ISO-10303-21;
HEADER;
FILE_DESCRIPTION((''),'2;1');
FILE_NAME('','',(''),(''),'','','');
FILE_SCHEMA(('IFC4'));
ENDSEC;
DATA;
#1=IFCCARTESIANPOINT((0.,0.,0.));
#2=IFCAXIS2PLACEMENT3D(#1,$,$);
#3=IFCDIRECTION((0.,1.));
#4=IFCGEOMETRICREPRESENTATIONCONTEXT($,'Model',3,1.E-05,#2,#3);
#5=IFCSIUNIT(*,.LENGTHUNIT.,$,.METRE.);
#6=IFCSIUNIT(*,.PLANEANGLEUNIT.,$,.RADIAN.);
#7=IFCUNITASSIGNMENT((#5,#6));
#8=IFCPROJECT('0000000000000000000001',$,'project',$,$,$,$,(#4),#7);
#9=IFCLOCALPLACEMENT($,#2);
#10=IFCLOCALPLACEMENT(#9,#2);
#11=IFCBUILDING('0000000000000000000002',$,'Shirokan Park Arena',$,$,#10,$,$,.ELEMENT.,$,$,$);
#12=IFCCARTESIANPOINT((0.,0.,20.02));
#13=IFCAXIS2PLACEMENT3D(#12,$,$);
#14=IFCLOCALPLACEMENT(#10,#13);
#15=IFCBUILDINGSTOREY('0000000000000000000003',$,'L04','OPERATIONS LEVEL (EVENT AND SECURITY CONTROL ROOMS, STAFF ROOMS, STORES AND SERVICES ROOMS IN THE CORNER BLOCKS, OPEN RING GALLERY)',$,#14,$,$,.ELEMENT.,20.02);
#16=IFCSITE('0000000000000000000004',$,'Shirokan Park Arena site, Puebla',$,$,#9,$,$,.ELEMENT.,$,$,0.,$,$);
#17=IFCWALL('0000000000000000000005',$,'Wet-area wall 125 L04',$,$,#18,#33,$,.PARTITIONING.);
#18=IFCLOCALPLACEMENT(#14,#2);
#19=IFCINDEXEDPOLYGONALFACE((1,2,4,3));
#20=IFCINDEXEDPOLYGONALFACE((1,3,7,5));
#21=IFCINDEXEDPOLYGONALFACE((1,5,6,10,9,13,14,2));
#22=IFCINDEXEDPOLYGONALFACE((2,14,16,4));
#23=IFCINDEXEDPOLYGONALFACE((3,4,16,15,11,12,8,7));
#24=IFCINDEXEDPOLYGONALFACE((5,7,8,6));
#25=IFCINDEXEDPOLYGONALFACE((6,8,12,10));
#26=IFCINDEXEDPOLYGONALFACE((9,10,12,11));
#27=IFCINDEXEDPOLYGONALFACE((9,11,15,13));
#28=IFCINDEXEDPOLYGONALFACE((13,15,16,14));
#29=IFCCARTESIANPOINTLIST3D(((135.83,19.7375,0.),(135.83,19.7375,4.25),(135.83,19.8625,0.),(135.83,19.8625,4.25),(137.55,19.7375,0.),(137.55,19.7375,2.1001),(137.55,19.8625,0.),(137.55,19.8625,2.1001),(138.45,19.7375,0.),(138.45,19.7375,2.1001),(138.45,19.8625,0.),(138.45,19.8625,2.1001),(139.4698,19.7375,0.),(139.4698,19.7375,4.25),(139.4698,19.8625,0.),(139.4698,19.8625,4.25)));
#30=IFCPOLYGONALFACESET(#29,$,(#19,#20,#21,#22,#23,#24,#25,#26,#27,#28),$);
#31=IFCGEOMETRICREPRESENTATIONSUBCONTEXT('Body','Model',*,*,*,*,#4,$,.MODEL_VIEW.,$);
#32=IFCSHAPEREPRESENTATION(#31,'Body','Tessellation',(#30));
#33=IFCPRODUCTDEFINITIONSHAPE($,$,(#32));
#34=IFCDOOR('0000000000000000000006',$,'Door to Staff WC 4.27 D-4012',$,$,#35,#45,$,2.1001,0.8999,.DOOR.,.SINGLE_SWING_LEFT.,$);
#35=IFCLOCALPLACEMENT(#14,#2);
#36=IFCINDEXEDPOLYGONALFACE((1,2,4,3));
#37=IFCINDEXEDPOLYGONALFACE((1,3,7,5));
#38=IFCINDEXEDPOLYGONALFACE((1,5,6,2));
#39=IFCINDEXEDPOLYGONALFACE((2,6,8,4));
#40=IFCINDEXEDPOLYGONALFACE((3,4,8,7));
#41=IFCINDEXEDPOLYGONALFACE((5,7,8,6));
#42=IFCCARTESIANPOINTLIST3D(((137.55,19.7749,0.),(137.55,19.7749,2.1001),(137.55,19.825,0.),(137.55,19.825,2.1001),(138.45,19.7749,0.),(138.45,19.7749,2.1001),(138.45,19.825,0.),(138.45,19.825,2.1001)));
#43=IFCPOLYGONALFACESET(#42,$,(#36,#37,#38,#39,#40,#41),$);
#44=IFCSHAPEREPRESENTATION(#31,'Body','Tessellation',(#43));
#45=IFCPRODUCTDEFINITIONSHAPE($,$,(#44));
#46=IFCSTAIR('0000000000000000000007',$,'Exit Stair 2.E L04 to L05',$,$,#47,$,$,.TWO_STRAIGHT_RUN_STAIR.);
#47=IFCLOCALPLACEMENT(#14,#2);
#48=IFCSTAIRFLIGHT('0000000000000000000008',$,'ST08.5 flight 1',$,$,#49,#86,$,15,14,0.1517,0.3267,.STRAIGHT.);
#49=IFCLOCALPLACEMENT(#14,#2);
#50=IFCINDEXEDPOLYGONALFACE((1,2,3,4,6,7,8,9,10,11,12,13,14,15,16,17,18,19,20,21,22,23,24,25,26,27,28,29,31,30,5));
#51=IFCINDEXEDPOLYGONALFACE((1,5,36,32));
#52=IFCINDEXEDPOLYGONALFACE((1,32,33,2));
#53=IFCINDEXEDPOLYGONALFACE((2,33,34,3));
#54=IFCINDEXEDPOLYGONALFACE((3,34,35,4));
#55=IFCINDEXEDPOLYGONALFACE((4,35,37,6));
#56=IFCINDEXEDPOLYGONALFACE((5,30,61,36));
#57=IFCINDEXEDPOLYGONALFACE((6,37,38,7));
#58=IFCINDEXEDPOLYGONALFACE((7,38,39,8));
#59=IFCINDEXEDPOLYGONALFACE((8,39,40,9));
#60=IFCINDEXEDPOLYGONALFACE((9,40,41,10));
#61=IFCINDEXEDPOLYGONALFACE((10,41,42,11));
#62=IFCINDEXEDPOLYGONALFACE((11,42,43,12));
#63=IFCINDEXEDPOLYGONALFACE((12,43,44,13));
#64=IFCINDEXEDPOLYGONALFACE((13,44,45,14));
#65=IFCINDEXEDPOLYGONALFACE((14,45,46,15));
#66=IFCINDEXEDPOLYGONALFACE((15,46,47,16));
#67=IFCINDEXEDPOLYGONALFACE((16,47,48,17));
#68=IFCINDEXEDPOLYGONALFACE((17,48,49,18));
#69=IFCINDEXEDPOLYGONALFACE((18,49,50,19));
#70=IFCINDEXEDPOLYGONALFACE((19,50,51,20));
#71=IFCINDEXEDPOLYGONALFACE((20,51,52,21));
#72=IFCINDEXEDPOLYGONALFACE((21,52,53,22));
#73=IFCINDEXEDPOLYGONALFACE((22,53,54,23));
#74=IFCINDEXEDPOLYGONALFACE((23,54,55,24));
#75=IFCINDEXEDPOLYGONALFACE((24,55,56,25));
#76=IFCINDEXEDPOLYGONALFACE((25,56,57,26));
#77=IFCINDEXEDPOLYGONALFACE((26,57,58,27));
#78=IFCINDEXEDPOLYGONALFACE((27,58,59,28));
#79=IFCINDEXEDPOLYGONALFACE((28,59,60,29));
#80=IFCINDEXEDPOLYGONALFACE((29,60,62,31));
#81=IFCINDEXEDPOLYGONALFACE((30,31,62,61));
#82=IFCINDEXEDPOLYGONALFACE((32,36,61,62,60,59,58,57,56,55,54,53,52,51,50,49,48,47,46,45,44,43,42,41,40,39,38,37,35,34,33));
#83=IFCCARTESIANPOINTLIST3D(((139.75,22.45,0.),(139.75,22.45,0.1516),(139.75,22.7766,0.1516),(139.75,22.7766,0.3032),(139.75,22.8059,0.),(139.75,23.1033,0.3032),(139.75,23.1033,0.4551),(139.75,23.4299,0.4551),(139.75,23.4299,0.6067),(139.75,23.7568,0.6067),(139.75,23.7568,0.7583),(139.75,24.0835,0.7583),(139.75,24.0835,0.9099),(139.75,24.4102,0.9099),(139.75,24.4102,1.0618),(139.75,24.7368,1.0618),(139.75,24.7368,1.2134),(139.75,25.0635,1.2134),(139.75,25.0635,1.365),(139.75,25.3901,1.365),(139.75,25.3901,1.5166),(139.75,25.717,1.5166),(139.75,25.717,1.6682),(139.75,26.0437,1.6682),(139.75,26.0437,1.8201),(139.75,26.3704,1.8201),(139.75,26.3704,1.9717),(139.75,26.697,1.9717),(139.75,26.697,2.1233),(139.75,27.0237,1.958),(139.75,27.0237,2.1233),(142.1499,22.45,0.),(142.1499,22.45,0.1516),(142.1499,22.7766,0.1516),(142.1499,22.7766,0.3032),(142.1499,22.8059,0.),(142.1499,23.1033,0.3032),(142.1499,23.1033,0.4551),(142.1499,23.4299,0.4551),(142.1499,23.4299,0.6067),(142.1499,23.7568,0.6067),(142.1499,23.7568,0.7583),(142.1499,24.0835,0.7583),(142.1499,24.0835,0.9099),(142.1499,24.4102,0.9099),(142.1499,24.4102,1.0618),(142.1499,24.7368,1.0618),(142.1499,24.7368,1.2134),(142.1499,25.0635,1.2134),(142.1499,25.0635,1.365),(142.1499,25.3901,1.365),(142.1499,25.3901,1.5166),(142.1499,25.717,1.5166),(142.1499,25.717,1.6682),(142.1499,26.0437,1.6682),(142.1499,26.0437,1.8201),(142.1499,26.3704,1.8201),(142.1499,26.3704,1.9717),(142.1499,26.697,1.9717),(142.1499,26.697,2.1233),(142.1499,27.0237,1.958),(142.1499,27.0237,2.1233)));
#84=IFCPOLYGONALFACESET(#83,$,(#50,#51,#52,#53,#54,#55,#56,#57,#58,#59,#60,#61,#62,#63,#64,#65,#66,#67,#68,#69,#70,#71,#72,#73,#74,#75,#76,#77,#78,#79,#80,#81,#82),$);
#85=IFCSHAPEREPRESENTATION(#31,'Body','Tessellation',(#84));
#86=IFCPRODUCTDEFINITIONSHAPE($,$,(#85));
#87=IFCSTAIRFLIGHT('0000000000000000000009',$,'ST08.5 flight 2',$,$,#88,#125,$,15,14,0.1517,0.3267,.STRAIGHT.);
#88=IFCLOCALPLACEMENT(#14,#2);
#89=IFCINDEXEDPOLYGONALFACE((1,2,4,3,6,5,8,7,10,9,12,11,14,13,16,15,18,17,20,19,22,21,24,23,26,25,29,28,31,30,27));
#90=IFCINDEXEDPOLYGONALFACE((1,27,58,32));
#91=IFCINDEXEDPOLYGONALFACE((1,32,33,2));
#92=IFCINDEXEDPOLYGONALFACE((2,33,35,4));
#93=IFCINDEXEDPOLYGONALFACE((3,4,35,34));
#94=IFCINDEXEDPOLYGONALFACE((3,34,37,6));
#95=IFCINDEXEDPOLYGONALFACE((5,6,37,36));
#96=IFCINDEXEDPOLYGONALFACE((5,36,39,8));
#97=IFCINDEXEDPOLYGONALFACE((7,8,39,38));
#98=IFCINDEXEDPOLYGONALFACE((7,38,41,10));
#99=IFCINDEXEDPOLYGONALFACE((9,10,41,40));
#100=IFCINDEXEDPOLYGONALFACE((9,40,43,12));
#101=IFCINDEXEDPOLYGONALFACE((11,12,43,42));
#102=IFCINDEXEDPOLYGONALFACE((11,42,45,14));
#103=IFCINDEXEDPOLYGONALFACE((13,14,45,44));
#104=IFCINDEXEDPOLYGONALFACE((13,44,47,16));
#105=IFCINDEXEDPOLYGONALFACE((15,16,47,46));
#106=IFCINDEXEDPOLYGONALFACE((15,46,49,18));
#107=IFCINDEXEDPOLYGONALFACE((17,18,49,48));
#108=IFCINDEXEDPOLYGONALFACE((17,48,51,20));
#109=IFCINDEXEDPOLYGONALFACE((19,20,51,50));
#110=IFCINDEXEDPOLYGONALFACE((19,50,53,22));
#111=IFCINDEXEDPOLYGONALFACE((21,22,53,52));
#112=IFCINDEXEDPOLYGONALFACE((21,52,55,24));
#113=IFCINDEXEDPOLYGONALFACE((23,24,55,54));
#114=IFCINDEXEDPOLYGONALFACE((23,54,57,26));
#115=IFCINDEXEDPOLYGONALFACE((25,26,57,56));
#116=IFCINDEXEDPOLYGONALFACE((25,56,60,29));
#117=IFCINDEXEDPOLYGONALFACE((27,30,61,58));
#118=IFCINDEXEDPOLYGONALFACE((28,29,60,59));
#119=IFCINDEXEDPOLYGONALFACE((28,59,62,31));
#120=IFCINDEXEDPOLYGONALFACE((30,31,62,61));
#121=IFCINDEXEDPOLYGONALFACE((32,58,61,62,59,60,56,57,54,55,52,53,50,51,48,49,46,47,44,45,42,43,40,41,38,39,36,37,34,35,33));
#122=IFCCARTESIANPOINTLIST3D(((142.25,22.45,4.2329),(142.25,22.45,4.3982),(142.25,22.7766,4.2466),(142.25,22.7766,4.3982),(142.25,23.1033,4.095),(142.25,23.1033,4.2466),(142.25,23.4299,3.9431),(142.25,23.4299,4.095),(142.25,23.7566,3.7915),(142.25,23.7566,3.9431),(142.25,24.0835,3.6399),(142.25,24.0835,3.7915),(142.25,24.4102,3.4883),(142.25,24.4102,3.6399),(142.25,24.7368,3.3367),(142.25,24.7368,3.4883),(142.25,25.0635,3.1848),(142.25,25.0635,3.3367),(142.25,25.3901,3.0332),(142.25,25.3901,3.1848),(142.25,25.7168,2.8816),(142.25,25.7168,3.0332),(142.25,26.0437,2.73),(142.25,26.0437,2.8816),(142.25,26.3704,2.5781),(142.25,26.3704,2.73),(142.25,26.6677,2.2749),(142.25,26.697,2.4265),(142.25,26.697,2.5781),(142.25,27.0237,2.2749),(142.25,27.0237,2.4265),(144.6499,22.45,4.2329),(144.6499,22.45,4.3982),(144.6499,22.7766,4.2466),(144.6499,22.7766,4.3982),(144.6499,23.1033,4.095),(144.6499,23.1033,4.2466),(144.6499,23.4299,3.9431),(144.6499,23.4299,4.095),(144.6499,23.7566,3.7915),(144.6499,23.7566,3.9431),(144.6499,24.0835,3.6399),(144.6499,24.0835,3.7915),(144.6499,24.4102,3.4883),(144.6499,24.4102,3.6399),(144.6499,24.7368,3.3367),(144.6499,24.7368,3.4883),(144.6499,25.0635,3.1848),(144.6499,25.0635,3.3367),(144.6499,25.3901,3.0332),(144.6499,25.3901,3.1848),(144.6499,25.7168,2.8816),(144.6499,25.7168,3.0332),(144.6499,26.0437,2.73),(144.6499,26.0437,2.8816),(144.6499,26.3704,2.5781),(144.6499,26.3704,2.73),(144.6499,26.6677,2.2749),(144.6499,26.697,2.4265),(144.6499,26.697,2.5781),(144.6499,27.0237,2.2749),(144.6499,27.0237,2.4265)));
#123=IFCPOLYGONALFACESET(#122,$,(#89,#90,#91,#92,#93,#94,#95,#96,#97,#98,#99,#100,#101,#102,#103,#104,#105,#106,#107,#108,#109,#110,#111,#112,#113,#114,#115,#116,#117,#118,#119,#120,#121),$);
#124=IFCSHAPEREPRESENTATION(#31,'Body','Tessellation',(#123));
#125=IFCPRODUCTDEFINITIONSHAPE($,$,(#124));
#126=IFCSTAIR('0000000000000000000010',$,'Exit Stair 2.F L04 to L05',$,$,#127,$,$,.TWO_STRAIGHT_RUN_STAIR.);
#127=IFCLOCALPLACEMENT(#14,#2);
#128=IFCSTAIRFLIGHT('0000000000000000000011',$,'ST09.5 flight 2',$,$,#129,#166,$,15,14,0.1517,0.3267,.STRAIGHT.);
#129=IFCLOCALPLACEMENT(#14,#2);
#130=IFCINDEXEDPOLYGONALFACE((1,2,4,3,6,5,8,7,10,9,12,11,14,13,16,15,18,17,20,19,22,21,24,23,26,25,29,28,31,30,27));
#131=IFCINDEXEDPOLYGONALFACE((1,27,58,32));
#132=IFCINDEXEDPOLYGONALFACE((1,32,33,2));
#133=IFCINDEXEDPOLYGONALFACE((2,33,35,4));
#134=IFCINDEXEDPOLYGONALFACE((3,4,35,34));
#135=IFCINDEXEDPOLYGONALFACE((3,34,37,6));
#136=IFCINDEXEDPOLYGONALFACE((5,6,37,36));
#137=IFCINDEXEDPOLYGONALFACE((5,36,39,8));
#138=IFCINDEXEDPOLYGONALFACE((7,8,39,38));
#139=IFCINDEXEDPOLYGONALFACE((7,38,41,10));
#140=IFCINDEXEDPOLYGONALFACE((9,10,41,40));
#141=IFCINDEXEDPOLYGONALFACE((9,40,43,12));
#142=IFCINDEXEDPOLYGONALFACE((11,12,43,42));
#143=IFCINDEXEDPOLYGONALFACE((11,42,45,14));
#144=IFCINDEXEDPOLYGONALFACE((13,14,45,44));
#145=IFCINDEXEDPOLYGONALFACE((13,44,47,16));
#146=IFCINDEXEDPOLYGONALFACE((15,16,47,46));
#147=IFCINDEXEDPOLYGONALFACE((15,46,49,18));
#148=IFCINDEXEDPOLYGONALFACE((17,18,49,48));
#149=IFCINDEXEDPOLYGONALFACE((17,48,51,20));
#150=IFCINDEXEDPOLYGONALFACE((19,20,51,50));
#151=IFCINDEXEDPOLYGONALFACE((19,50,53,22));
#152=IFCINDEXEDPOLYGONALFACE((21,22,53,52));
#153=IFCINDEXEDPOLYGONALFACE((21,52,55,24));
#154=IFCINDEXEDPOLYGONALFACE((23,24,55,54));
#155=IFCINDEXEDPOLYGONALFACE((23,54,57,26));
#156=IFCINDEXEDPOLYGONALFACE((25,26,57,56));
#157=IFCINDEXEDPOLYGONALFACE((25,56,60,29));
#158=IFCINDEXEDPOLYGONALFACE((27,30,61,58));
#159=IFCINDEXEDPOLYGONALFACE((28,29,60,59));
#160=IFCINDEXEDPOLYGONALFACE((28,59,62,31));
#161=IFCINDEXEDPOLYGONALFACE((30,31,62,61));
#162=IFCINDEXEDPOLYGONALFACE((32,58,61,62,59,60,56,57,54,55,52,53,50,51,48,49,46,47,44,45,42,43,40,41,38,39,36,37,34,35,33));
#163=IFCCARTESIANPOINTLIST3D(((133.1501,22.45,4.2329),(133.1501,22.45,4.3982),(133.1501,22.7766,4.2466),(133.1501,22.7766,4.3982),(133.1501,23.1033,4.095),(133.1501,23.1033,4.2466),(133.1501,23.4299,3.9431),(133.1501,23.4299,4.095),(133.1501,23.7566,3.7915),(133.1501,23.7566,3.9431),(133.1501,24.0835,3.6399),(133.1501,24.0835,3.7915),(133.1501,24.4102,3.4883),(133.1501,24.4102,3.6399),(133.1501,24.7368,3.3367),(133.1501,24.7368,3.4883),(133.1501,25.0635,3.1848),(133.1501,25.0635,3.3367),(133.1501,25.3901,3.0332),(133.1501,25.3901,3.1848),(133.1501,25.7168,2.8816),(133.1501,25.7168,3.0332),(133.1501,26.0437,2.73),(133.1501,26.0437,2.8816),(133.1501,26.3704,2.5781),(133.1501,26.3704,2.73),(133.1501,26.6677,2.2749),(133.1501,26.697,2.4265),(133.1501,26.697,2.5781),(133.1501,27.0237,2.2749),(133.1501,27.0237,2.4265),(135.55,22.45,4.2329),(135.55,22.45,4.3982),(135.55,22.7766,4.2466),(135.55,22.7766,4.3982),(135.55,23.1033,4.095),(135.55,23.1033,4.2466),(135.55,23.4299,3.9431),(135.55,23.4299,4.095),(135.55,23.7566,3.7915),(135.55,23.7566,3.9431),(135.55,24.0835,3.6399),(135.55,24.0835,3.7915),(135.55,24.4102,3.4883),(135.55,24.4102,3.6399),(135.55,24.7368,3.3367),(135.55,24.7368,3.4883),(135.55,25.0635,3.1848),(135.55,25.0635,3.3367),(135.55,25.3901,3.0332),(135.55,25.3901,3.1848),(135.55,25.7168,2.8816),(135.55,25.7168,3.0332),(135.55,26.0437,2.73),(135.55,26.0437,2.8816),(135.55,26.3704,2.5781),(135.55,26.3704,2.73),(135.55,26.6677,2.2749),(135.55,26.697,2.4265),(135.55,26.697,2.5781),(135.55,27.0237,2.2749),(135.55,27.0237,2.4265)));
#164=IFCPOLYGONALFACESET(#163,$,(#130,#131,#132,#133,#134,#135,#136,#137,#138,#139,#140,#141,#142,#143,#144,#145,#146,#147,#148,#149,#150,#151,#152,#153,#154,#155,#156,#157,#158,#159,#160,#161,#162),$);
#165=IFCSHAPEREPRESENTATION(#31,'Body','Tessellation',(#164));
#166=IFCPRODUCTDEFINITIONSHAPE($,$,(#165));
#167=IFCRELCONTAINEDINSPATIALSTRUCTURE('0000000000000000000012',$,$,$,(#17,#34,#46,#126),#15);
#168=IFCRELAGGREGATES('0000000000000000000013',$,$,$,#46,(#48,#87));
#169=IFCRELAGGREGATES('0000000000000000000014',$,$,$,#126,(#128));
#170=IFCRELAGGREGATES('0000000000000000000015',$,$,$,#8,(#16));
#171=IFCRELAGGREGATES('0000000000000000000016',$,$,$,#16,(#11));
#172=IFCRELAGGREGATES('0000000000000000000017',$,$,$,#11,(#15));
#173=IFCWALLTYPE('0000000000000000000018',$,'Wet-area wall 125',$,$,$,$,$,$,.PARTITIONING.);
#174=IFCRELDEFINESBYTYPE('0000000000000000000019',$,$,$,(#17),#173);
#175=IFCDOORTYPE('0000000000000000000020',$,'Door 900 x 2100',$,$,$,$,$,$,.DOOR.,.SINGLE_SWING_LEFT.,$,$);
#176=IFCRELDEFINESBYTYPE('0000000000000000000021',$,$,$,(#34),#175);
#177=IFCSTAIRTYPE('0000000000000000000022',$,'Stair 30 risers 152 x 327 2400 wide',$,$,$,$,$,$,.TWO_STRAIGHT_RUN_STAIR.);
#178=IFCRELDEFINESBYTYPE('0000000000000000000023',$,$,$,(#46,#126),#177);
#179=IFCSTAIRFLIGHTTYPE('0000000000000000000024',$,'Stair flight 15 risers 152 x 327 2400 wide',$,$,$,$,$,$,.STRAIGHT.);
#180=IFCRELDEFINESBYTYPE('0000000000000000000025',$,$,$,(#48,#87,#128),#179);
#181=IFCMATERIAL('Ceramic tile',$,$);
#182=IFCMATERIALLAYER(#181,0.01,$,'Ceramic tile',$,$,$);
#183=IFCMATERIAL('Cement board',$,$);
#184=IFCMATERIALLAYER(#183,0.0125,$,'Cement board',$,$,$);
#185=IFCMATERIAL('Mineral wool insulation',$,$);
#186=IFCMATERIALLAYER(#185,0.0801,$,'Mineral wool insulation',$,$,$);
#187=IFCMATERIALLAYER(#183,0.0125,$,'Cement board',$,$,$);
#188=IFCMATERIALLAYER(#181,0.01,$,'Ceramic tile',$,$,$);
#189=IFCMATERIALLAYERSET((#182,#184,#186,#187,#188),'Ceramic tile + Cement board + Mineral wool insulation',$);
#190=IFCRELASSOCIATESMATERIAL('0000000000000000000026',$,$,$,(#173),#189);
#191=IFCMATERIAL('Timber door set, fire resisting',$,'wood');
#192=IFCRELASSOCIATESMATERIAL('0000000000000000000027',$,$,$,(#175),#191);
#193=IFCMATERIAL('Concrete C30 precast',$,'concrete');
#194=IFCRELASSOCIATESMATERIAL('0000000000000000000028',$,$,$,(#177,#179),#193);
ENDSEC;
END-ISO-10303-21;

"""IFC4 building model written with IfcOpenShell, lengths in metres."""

from ifc_helpers import new_model, si_unit, direction, frame, frame_2d, origin, place, context, subcontext, project, spatial, polyline, rectangle, outline, extrude, material, layer, layer_set, type_object, element, fill, aggregate, save


model = new_model("IFC4")

# Units and contexts
model_context = context("Model", 3, precision=1e-05, world=origin(), true_north=direction((0.0, 1.0)))
body_context = subcontext(model_context, "Body", "Model", "MODEL_VIEW")
ifc_project = project(units=[si_unit("LENGTHUNIT", "METRE"), si_unit("PLANEANGLEUNIT", "RADIAN")], contexts=[model_context])

# Site, building, storey
site_placement = place(None, origin())
site = spatial("IfcSite", under=ifc_project, at=site_placement, Name="Shirokan Park Arena site, Puebla", CompositionType="ELEMENT", RefElevation=0.0)
building_placement = place(site_placement, origin())
building = spatial("IfcBuilding", under=site, at=building_placement, Name="Shirokan Park Arena", CompositionType="ELEMENT")
storey_placement = place(building_placement, frame((0.0, 0.0, 20.02)))
storey = spatial("IfcBuildingStorey", under=building, at=storey_placement, Name="L04", Description="OPERATIONS LEVEL (EVENT AND SECURITY CONTROL ROOMS, STAFF ROOMS, STORES AND SERVICES ROOMS IN THE CORNER BLOCKS, OPEN RING GALLERY)", CompositionType="ELEMENT", Elevation=20.02)

# Shared definitions
ifc_material_1 = material(Name="Mineral wool insulation")

# Wall, opening, door
ifc_material_2 = material(Name="Ceramic tile")
ifc_layer_1 = layer(ifc_material_2, 0.01, Name="Ceramic tile")
ifc_material_3 = material(Name="Cement board")
ifc_layer_2 = layer(ifc_material_3, 0.0125, Name="Cement board")
ifc_layer_3 = layer(ifc_material_1, 0.0801, Name="Mineral wool insulation")
ifc_layer_4 = layer(ifc_material_3, 0.0125, Name="Cement board")
ifc_layer_5 = layer(ifc_material_2, 0.01, Name="Ceramic tile")
ifc_layer_set_1 = layer_set([ifc_layer_1, ifc_layer_2, ifc_layer_3, ifc_layer_4, ifc_layer_5], Name="Ceramic tile + Cement board + Mineral wool insulation")
wall_type_1 = type_object("IfcWallType", Name="Wet-area wall 125", PredefinedType="PARTITIONING", material=ifc_layer_set_1)
wall_1_placement = place(storey_placement, frame((135.8301, 19.8, 0.0), z_axis=(0.0, 0.0, 1.0), x_axis=(1.0, 0.0, 0.0)))
wall_1 = element("IfcWall", 1, at=wall_1_placement, inside=storey, type_object=wall_type_1, Name="Wet-area wall 125 L04", PredefinedType="PARTITIONING", context=body_context, shape_type="SweptSolid", body=[
    extrude(rectangle(XDim=3.6399, YDim=0.125, at=frame_2d((1.8198, 0.0))), origin(), (0.0, 0.0, 1.0), 4.25),
])
opening_1_placement = place(wall_1_placement, frame((1.72, 0.0, 0.0)))
opening_1 = element("IfcOpeningElement", 2, at=opening_1_placement, cuts=wall_1, PredefinedType="OPENING", context=body_context, shape_type="SweptSolid", body=[
    extrude(rectangle(XDim=0.8999, YDim=2.1001, at=frame_2d((0.45, 1.05))), frame((0.0, 0.0725, 0.0), z_axis=(0.0, -1.0, 0.0), x_axis=(1.0, 0.0, 0.0)), (0.0, 0.0, 1.0), 0.145),
])
ifc_material_4 = material(Name="Timber door set, fire resisting", Category="wood")
door_type_1 = type_object("IfcDoorType", Name="Door 900 x 2100", OperationType="SINGLE_SWING_LEFT", PredefinedType="DOOR", material=ifc_material_4)
door_1_placement = place(opening_1_placement, origin())
door_1 = element("IfcDoor", 3, at=door_1_placement, inside=storey, type_object=door_type_1, Name="Door to Staff WC 4.27 D-4012", OperationType="SINGLE_SWING_LEFT", OverallHeight=2.1001, OverallWidth=0.8999, PredefinedType="DOOR", context=body_context, shape_type="SweptSolid", body=[
    extrude(rectangle(XDim=0.8999, YDim=2.1001, at=frame_2d((0.45, 1.05))), frame((0.0, 0.0249, 0.0), z_axis=(0.0, -1.0, 0.0), x_axis=(1.0, 0.0, 0.0)), (0.0, 0.0, 1.0), 0.05),
])
fill(opening_1, door_1)

# Stair, stair flights
ifc_material_5 = material(Name="Concrete C30 precast", Category="concrete")
stair_type = type_object("IfcStairType", Name="Stair 30 risers 152 x 327 2400 wide", PredefinedType="TWO_STRAIGHT_RUN_STAIR", material=ifc_material_5)
stair_1_placement = place(storey_placement, origin())
stair_1 = element("IfcStair", 4, at=stair_1_placement, inside=storey, type_object=stair_type, Name="Exit Stair 2.E L04 to L05", PredefinedType="TWO_STRAIGHT_RUN_STAIR")
stair_flight_type = type_object("IfcStairFlightType", Name="Stair flight 15 risers 152 x 327 2400 wide", PredefinedType="STRAIGHT", material=ifc_material_5)
stair_flight_1_placement = place(storey_placement, frame((140.95, 22.45, 0.0), z_axis=(0.0, 0.0, 1.0), x_axis=(0.0, 1.0, 0.0)))
stair_flight_1 = element("IfcStairFlight", 5, at=stair_flight_1_placement, type_object=stair_flight_type, Name="ST08.5 flight 1", NumberOfRisers=15, NumberOfTreads=14, PredefinedType="STRAIGHT", RiserHeight=0.1517, TreadLength=0.3267, context=body_context, shape_type="SweptSolid", body=[
    extrude(outline(polyline([(0.0, 0.0), (0.0, 0.1516), (0.3267, 0.1516), (0.3267, 0.3032), (0.6533, 0.3032), (0.6533, 0.4551), (0.98, 0.4551), (0.98, 0.6067), (1.3069, 0.6067), (1.3069, 0.7583), (1.6335, 0.7583), (1.6335, 0.9099), (1.9602, 0.9099), (1.9602, 1.0618), (2.2869, 1.0618), (2.2869, 1.2134), (2.6135, 1.2134), (2.6135, 1.365), (2.9402, 1.365), (2.9402, 1.5166), (3.2671, 1.5166), (3.2671, 1.6682), (3.5938, 1.6682), (3.5938, 1.8201), (3.9204, 1.8201), (3.9204, 1.9717), (4.2471, 1.9717), (4.2471, 2.1233), (4.5737, 2.1233), (4.5737, 2.2749), (4.5737, 1.958), (0.356, 0.0), (0.0, 0.0)])), frame((0.0, 1.2, 0.0), z_axis=(0.0, -1.0, 0.0), x_axis=(1.0, 0.0, 0.0)), (0.0, 0.0, 1.0), 2.3999),
])
stair_flight_2_placement = place(storey_placement, frame((143.45, 27.0237, 2.2749), z_axis=(0.0, 0.0, 1.0), x_axis=(0.0, -1.0, 0.0)))
stair_flight_2 = element("IfcStairFlight", 6, at=stair_flight_2_placement, type_object=stair_flight_type, Name="ST08.5 flight 2", NumberOfRisers=15, NumberOfTreads=14, PredefinedType="STRAIGHT", RiserHeight=0.1517, TreadLength=0.3267, context=body_context, shape_type="SweptSolid", body=[
    extrude(outline(polyline([(0.0, 0.0), (0.0, 0.1516), (0.3267, 0.1516), (0.3267, 0.3032), (0.6533, 0.3032), (0.6533, 0.4551), (0.98, 0.4551), (0.98, 0.6067), (1.3069, 0.6067), (1.3069, 0.7583), (1.6335, 0.7583), (1.6335, 0.9099), (1.9602, 0.9099), (1.9602, 1.0618), (2.2869, 1.0618), (2.2869, 1.2134), (2.6135, 1.2134), (2.6135, 1.365), (2.9402, 1.365), (2.9402, 1.5166), (3.2671, 1.5166), (3.2671, 1.6682), (3.5938, 1.6682), (3.5938, 1.8201), (3.9204, 1.8201), (3.9204, 1.9717), (4.2471, 1.9717), (4.2471, 2.1233), (4.5737, 2.1233), (4.5737, 2.2749), (4.5737, 1.958), (0.356, 0.0), (0.0, 0.0)])), frame((0.0, 1.2, 0.0), z_axis=(0.0, -1.0, 0.0), x_axis=(1.0, 0.0, 0.0)), (0.0, 0.0, 1.0), 2.3999),
])
aggregate(stair_1, [stair_flight_1, stair_flight_2])

# Stair, stair flight
stair_2_placement = place(storey_placement, origin())
stair_2 = element("IfcStair", 7, at=stair_2_placement, inside=storey, type_object=stair_type, Name="Exit Stair 2.F L04 to L05", PredefinedType="TWO_STRAIGHT_RUN_STAIR")
stair_flight_3_placement = place(storey_placement, frame((134.3501, 27.0237, 2.2749), z_axis=(0.0, 0.0, 1.0), x_axis=(0.0, -1.0, 0.0)))
stair_flight_3 = element("IfcStairFlight", 8, at=stair_flight_3_placement, type_object=stair_flight_type, Name="ST09.5 flight 2", NumberOfRisers=15, NumberOfTreads=14, PredefinedType="STRAIGHT", RiserHeight=0.1517, TreadLength=0.3267, context=body_context, shape_type="SweptSolid", body=[
    extrude(outline(polyline([(0.0, 0.0), (0.0, 0.1516), (0.3267, 0.1516), (0.3267, 0.3032), (0.6533, 0.3032), (0.6533, 0.4551), (0.98, 0.4551), (0.98, 0.6067), (1.3069, 0.6067), (1.3069, 0.7583), (1.6335, 0.7583), (1.6335, 0.9099), (1.9602, 0.9099), (1.9602, 1.0618), (2.2869, 1.0618), (2.2869, 1.2134), (2.6135, 1.2134), (2.6135, 1.365), (2.9402, 1.365), (2.9402, 1.5166), (3.2671, 1.5166), (3.2671, 1.6682), (3.5938, 1.6682), (3.5938, 1.8201), (3.9204, 1.8201), (3.9204, 1.9717), (4.2471, 1.9717), (4.2471, 2.1233), (4.5737, 2.1233), (4.5737, 2.2749), (4.5737, 1.958), (0.356, 0.0), (0.0, 0.0)])), frame((0.0, 1.2, 0.0), z_axis=(0.0, -1.0, 0.0), x_axis=(1.0, 0.0, 0.0)), (0.0, 0.0, 1.0), 2.3999),
])
aggregate(stair_2, [stair_flight_3])

save(model, "model.ifc")
